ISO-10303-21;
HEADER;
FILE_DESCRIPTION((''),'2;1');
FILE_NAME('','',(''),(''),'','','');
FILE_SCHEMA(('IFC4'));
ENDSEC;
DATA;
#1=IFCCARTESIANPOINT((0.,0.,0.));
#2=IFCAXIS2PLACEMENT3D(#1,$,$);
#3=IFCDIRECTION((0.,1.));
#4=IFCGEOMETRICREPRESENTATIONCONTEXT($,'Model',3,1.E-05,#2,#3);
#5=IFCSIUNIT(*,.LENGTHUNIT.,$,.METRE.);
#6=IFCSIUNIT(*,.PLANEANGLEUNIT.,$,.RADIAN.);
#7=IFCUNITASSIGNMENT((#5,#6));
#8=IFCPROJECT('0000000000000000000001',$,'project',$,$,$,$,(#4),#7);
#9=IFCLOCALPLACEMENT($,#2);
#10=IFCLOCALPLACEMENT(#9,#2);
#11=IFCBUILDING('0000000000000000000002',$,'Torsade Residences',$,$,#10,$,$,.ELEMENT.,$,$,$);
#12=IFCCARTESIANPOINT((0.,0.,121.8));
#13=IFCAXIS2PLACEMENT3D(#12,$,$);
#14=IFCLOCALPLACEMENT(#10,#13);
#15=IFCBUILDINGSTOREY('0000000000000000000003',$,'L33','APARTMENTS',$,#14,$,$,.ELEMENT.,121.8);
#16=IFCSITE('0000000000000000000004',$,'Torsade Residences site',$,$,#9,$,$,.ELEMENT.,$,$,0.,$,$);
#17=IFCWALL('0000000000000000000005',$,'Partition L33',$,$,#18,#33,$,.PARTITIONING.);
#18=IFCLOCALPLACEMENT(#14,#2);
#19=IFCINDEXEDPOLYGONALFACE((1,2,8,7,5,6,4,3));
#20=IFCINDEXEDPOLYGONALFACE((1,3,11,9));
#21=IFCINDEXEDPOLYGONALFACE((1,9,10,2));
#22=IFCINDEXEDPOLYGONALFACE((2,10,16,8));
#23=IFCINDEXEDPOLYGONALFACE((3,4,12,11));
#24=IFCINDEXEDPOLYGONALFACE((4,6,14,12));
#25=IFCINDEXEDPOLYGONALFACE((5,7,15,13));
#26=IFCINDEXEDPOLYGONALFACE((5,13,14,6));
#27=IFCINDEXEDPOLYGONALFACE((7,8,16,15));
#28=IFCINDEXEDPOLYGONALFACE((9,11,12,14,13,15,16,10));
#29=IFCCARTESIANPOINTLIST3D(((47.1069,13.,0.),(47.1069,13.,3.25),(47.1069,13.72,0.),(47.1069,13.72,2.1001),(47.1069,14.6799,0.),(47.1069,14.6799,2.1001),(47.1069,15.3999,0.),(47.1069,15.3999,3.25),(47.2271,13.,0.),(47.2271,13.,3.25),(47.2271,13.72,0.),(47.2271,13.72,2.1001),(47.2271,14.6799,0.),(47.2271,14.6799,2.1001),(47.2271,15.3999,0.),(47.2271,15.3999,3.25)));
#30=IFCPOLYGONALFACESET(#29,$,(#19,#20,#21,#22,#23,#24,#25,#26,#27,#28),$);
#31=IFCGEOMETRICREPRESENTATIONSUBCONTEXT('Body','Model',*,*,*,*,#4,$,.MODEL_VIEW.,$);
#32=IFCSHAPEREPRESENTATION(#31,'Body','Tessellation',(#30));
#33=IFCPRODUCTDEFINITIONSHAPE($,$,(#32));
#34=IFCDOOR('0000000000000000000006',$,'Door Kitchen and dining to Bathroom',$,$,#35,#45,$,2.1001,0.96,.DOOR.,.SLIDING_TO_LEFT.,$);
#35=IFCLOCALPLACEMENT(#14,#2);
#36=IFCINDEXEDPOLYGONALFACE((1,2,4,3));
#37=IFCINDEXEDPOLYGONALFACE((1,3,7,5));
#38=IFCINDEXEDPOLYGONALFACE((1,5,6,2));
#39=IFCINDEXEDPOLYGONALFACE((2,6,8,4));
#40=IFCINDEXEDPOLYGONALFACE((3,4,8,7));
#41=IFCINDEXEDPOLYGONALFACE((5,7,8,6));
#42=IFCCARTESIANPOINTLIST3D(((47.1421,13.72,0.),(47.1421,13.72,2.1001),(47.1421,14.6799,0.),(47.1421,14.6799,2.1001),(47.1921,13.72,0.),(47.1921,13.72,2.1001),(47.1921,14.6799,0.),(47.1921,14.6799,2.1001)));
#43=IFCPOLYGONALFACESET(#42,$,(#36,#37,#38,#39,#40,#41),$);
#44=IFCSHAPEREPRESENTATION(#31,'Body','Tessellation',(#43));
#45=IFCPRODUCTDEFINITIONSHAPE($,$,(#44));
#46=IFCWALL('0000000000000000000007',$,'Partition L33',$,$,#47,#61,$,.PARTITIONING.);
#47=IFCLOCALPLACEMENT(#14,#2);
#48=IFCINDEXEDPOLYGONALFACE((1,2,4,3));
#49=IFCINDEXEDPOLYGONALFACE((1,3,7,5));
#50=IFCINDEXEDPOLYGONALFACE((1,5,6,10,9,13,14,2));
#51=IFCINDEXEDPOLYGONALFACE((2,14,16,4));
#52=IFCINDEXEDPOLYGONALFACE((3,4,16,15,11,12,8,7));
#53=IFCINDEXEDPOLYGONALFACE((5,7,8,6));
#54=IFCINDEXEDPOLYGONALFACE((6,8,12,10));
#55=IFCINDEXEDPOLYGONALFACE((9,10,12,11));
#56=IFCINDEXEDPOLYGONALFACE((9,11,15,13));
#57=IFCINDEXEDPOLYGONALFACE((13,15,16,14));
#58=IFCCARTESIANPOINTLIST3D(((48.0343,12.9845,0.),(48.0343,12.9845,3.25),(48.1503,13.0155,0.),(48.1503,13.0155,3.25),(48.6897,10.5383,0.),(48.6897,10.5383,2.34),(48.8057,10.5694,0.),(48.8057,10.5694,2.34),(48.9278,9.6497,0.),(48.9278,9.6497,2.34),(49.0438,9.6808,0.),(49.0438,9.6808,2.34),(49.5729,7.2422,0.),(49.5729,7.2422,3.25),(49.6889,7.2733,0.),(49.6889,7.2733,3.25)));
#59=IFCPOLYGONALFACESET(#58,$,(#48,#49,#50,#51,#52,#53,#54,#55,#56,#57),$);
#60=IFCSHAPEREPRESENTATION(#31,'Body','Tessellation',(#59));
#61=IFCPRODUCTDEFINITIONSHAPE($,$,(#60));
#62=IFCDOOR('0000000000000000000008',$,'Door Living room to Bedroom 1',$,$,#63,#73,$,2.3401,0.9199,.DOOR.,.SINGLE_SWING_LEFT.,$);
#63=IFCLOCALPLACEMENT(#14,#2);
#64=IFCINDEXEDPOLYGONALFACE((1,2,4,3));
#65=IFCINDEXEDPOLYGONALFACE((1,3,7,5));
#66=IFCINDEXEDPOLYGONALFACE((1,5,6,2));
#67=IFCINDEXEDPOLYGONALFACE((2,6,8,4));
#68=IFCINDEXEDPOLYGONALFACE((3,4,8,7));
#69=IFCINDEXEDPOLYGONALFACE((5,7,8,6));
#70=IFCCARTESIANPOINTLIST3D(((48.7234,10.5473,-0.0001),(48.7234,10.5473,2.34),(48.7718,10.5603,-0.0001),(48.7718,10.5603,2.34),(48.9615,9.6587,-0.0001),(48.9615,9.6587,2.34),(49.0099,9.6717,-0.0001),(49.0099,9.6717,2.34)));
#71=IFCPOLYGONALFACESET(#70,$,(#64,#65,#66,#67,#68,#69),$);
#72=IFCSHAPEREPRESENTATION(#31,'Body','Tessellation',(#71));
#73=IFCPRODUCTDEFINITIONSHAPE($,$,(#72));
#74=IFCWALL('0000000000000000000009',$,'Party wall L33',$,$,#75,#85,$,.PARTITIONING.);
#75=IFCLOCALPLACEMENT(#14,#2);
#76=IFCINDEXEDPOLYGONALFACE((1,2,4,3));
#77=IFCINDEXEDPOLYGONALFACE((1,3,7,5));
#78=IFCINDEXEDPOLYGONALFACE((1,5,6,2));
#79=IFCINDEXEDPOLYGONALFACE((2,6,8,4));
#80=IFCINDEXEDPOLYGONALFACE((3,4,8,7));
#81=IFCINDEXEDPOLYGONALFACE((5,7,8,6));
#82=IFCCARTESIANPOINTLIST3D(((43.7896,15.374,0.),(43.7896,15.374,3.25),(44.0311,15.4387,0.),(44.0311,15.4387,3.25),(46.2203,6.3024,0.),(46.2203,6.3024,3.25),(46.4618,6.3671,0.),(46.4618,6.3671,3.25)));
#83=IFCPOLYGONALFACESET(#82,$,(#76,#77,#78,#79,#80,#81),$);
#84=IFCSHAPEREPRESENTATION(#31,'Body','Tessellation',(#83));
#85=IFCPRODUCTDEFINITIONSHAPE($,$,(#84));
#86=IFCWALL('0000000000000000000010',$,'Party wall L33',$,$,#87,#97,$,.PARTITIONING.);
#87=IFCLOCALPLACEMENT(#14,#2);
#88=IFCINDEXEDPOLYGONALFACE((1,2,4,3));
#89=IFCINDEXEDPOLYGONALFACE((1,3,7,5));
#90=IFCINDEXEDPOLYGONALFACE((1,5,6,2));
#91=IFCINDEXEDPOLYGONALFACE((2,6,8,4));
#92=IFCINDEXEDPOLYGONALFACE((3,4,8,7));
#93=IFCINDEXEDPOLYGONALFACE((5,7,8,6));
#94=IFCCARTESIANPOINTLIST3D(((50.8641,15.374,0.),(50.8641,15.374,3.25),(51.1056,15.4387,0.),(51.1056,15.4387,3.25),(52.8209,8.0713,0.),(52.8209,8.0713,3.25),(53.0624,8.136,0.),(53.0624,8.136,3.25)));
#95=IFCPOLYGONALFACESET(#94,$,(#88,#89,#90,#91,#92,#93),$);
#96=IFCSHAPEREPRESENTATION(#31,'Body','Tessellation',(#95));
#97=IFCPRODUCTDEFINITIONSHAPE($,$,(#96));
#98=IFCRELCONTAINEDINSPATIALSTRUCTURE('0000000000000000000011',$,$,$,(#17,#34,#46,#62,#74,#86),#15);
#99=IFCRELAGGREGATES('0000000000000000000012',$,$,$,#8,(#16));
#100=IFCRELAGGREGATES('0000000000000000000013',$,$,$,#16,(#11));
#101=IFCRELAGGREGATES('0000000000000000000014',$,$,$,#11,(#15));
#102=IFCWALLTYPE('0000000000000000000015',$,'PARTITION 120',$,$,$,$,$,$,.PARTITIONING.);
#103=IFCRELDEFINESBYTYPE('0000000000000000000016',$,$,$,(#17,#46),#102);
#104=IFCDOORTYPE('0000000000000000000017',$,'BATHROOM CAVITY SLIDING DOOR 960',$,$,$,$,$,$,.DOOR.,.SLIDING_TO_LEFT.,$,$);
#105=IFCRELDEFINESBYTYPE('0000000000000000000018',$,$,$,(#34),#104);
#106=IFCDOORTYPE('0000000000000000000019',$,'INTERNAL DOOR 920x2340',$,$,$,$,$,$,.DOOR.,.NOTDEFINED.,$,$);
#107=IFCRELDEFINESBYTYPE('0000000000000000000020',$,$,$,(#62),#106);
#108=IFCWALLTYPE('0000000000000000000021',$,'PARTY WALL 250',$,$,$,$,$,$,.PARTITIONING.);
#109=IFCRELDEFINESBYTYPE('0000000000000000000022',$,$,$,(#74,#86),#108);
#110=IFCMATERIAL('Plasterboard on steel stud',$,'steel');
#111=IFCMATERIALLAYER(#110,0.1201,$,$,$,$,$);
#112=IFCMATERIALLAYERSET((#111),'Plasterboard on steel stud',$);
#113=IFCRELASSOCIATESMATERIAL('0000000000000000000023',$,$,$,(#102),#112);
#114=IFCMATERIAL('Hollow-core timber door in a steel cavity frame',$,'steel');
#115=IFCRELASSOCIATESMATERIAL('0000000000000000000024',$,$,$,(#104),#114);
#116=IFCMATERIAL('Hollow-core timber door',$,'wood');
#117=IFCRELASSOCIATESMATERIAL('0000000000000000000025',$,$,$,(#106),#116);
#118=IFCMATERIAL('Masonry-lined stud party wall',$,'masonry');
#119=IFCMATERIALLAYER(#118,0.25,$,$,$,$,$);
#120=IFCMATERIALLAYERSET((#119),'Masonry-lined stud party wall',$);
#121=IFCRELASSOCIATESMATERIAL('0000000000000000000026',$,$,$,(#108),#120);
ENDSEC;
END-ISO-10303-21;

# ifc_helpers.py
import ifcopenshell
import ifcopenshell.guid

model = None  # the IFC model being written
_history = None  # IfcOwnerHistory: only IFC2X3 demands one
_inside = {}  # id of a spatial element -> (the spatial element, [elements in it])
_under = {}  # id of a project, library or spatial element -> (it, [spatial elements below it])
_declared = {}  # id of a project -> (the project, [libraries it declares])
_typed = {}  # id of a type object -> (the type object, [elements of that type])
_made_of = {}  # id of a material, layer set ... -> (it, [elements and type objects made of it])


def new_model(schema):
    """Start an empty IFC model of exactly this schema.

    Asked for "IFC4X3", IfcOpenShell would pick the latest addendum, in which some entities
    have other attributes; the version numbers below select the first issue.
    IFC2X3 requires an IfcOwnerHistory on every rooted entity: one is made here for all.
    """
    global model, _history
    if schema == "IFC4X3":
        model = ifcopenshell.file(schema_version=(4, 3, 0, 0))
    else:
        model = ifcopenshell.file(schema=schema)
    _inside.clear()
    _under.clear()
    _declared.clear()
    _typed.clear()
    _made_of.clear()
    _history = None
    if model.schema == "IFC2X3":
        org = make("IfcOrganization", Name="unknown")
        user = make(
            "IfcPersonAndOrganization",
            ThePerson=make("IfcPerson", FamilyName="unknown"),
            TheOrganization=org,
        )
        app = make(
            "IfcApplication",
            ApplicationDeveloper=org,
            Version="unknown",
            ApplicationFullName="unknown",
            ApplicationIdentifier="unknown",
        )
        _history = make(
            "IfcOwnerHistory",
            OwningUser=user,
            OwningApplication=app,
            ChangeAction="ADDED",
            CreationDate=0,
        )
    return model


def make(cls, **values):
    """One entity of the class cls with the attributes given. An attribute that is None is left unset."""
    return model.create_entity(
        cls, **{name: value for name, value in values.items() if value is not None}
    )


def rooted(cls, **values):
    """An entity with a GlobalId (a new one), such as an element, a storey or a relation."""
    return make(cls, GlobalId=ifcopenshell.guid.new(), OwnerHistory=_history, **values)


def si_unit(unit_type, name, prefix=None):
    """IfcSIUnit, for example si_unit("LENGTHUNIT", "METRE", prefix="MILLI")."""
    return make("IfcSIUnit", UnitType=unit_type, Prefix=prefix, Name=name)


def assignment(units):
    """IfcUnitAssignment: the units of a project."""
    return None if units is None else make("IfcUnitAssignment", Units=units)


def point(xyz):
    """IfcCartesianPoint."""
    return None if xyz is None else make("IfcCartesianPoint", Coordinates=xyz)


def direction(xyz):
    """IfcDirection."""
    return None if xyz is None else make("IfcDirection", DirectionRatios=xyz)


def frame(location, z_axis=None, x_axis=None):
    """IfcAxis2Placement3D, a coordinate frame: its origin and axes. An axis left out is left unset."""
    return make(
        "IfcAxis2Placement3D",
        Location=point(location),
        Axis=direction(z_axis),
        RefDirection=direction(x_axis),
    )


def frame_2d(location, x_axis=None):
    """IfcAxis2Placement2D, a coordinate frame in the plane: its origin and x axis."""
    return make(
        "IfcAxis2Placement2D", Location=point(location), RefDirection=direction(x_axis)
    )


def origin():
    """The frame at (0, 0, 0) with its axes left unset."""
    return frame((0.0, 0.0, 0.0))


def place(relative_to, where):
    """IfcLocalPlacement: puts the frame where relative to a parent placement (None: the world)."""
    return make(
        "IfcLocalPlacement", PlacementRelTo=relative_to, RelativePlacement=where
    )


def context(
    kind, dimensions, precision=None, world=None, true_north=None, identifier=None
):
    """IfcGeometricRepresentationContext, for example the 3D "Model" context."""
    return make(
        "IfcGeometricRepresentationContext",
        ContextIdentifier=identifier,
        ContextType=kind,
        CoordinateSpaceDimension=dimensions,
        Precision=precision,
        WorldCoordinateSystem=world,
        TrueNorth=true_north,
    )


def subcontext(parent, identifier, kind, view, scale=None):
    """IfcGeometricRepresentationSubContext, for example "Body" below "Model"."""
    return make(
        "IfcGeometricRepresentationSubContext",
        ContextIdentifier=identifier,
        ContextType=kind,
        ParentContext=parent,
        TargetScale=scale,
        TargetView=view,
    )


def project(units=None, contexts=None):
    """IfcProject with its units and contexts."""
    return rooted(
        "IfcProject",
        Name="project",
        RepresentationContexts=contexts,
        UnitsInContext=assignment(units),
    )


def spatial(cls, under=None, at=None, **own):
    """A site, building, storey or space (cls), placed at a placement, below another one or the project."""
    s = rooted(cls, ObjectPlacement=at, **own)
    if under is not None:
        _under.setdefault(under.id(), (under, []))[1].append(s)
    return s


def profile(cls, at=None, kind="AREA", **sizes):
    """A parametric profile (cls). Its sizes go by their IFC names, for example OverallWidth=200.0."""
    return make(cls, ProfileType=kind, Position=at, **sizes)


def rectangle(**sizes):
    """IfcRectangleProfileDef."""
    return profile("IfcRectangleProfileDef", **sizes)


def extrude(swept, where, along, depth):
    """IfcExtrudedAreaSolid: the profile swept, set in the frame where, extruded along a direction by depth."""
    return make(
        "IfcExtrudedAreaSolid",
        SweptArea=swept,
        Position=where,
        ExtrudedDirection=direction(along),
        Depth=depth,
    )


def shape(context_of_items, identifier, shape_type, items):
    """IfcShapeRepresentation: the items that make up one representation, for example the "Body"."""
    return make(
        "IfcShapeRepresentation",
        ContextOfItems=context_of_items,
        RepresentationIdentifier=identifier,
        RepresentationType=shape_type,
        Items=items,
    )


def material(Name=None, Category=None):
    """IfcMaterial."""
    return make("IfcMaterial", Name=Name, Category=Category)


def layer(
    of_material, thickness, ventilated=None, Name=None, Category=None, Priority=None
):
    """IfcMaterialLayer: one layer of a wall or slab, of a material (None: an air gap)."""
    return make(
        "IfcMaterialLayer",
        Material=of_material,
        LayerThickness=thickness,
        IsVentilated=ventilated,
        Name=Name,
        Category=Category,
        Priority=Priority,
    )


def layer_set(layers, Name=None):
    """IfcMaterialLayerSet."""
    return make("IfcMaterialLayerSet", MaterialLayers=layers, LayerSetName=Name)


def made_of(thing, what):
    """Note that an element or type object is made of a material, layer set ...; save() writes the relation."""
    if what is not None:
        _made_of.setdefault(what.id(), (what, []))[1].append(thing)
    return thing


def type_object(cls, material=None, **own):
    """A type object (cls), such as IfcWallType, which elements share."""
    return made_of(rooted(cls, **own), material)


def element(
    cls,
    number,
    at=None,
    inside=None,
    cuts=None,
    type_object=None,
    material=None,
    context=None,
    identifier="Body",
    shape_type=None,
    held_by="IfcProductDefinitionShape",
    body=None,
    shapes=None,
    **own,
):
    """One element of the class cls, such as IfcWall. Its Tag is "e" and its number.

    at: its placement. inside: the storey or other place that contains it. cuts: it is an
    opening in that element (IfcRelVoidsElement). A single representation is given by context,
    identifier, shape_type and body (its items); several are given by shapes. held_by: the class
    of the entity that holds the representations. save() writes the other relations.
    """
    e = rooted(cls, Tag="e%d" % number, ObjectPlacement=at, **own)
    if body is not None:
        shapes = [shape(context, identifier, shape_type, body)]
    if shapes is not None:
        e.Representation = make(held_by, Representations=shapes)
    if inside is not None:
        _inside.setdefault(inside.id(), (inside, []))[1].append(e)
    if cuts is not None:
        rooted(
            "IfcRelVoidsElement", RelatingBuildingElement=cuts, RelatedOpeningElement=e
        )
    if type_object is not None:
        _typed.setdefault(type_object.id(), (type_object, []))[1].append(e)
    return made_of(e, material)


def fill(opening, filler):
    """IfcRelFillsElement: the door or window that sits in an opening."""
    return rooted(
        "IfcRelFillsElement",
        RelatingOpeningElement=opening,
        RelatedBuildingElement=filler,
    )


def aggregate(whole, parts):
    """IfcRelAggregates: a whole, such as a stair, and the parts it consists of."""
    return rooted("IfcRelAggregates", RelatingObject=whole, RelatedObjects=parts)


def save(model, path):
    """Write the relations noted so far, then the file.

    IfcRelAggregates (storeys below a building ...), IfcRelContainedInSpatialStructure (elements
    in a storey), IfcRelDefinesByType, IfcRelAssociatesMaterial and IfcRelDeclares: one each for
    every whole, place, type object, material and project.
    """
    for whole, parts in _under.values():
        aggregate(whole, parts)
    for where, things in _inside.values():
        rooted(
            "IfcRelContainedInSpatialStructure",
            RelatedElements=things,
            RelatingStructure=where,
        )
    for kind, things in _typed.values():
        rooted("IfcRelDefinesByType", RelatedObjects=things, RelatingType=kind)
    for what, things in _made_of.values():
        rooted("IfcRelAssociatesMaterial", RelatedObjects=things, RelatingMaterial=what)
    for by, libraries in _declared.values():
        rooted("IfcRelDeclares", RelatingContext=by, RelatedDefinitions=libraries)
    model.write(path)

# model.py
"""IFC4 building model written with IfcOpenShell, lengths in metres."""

from ifc_helpers import new_model, si_unit, direction, frame, frame_2d, origin, place, context, subcontext, project, spatial, rectangle, extrude, material, layer, layer_set, type_object, element, fill, save


model = new_model("IFC4")

# Units and contexts
model_context = context("Model", 3, precision=1e-05, world=origin(), true_north=direction((0.0, 1.0)))
body_context = subcontext(model_context, "Body", "Model", "MODEL_VIEW")
ifc_project = project(units=[si_unit("LENGTHUNIT", "METRE"), si_unit("PLANEANGLEUNIT", "RADIAN")], contexts=[model_context])

# Site, building, storey
site_placement = place(None, origin())
site = spatial("IfcSite", under=ifc_project, at=site_placement, Name="Torsade Residences site", CompositionType="ELEMENT", RefElevation=0.0)
building_placement = place(site_placement, origin())
building = spatial("IfcBuilding", under=site, at=building_placement, Name="Torsade Residences", CompositionType="ELEMENT")
storey_placement = place(building_placement, frame((0.0, 0.0, 121.8)))
storey = spatial("IfcBuildingStorey", under=building, at=storey_placement, Name="L33", Description="APARTMENTS", CompositionType="ELEMENT", Elevation=121.8)

# Shared definitions
ifc_material_1 = material(Name="Plasterboard on steel stud", Category="steel")
ifc_layer_1 = layer(ifc_material_1, 0.1201)
ifc_layer_set_1 = layer_set([ifc_layer_1], Name="Plasterboard on steel stud")
wall_type_1 = type_object("IfcWallType", Name="PARTITION 120", PredefinedType="PARTITIONING", material=ifc_layer_set_1)
ifc_material_2 = material(Name="Hollow-core timber door in a steel cavity frame", Category="steel")
door_type_1 = type_object("IfcDoorType", Name="BATHROOM CAVITY SLIDING DOOR 960", OperationType="SLIDING_TO_LEFT", PredefinedType="DOOR", material=ifc_material_2)
ifc_material_3 = material(Name="Hollow-core timber door", Category="wood")
door_type_2 = type_object("IfcDoorType", Name="INTERNAL DOOR 920x2340", OperationType="NOTDEFINED", PredefinedType="DOOR", material=ifc_material_3)

# Walls, openings, doors
wall_1_placement = place(storey_placement, frame((47.167, 13.0, 0.0), z_axis=(0.0, 0.0, 1.0), x_axis=(0.0, 1.0, 0.0)))
wall_1 = element("IfcWall", 1, at=wall_1_placement, inside=storey, type_object=wall_type_1, Name="Partition L33", PredefinedType="PARTITIONING", context=body_context, shape_type="SweptSolid", body=[
    extrude(rectangle(XDim=2.3999, YDim=0.1201, at=frame_2d((1.2, 0.0))), origin(), (0.0, 0.0, 1.0), 3.25),
])
opening_1_placement = place(wall_1_placement, frame((0.72, 0.0, 0.0)))
opening_1 = element("IfcOpeningElement", 2, at=opening_1_placement, cuts=wall_1, PredefinedType="OPENING", context=body_context, shape_type="SweptSolid", body=[
    extrude(rectangle(XDim=0.96, YDim=2.1001, at=frame_2d((0.48, 1.05))), frame((0.0, 0.0701, 0.0), z_axis=(0.0, -1.0, 0.0), x_axis=(1.0, 0.0, 0.0)), (0.0, 0.0, 1.0), 0.1401),
])
door_1_placement = place(opening_1_placement, origin())
door_1 = element("IfcDoor", 3, at=door_1_placement, inside=storey, type_object=door_type_1, Name="Door Kitchen and dining to Bathroom", OperationType="SLIDING_TO_LEFT", OverallHeight=2.1001, OverallWidth=0.96, PredefinedType="DOOR", context=body_context, shape_type="SweptSolid", body=[
    extrude(rectangle(XDim=0.96, YDim=2.1001, at=frame_2d((0.48, 1.05))), frame((0.0, 0.0249, 0.0), z_axis=(0.0, -1.0, 0.0), x_axis=(1.0, 0.0, 0.0)), (0.0, 0.0, 1.0), 0.05),
])
fill(opening_1, door_1)
wall_2_placement = place(storey_placement, frame((48.0923, 13.0, 0.0), z_axis=(0.0, 0.0, 1.0), x_axis=(0.258813, -0.965928, 0.0)))
wall_2 = element("IfcWall", 4, at=wall_2_placement, inside=storey, type_object=wall_type_1, Name="Partition L33", PredefinedType="PARTITIONING", context=body_context, shape_type="SweptSolid", body=[
    extrude(rectangle(XDim=5.9448, YDim=0.1201, at=frame_2d((2.9724, 0.0))), origin(), (0.0, 0.0, 1.0), 3.25),
])
opening_2_placement = place(wall_2_placement, frame((2.5325, 0.0, 0.0)))
opening_2 = element("IfcOpeningElement", 5, at=opening_2_placement, cuts=wall_2, PredefinedType="OPENING", context=body_context, shape_type="SweptSolid", body=[
    extrude(rectangle(XDim=0.9199, YDim=2.3401, at=frame_2d((0.46, 1.1699))), frame((0.0, 0.0701, 0.0), z_axis=(0.0, -1.0, 0.0), x_axis=(1.0, 0.0, 0.0)), (0.0, 0.0, 1.0), 0.1401),
])
door_2_placement = place(opening_2_placement, origin())
door_2 = element("IfcDoor", 6, at=door_2_placement, inside=storey, type_object=door_type_2, Name="Door Living room to Bedroom 1", OperationType="SINGLE_SWING_LEFT", OverallHeight=2.3401, OverallWidth=0.9199, PredefinedType="DOOR", context=body_context, shape_type="SweptSolid", body=[
    extrude(rectangle(XDim=0.9199, YDim=2.3401, at=frame_2d((0.46, 1.1699))), frame((0.0, 0.0249, 0.0), z_axis=(0.0, -1.0, 0.0), x_axis=(1.0, 0.0, 0.0)), (0.0, 0.0, 1.0), 0.05),
])
fill(opening_2, door_2)

# Walls
ifc_material_4 = material(Name="Masonry-lined stud party wall", Category="masonry")
ifc_layer_2 = layer(ifc_material_4, 0.25)
ifc_layer_set_2 = layer_set([ifc_layer_2], Name="Masonry-lined stud party wall")
wall_type_2 = type_object("IfcWallType", Name="PARTY WALL 250", PredefinedType="PARTITIONING", material=ifc_layer_set_2)
wall_3_placement = place(storey_placement, frame((46.3411, 6.3347, 0.0), z_axis=(0.0, 0.0, 1.0), x_axis=(-0.258814, 0.965927, 0.0)))
element("IfcWall", 7, at=wall_3_placement, inside=storey, type_object=wall_type_2, Name="Party wall L33", PredefinedType="PARTITIONING", context=body_context, shape_type="SweptSolid", body=[
    extrude(rectangle(XDim=9.3916, YDim=0.25, at=frame_2d((4.6958, 0.0))), origin(), (0.0, 0.0, 1.0), 3.25),
])
wall_4_placement = place(storey_placement, frame((52.9417, 8.1035, 0.0), z_axis=(0.0, 0.0, 1.0), x_axis=(-0.258822, 0.965925, 0.0)))
element("IfcWall", 8, at=wall_4_placement, inside=storey, type_object=wall_type_2, Name="Party wall L33", PredefinedType="PARTITIONING", context=body_context, shape_type="SweptSolid", body=[
    extrude(rectangle(XDim=7.5603, YDim=0.25, at=frame_2d((3.7803, 0.0))), origin(), (0.0, 0.0, 1.0), 3.25),
])

save(model, "model.ifc")
